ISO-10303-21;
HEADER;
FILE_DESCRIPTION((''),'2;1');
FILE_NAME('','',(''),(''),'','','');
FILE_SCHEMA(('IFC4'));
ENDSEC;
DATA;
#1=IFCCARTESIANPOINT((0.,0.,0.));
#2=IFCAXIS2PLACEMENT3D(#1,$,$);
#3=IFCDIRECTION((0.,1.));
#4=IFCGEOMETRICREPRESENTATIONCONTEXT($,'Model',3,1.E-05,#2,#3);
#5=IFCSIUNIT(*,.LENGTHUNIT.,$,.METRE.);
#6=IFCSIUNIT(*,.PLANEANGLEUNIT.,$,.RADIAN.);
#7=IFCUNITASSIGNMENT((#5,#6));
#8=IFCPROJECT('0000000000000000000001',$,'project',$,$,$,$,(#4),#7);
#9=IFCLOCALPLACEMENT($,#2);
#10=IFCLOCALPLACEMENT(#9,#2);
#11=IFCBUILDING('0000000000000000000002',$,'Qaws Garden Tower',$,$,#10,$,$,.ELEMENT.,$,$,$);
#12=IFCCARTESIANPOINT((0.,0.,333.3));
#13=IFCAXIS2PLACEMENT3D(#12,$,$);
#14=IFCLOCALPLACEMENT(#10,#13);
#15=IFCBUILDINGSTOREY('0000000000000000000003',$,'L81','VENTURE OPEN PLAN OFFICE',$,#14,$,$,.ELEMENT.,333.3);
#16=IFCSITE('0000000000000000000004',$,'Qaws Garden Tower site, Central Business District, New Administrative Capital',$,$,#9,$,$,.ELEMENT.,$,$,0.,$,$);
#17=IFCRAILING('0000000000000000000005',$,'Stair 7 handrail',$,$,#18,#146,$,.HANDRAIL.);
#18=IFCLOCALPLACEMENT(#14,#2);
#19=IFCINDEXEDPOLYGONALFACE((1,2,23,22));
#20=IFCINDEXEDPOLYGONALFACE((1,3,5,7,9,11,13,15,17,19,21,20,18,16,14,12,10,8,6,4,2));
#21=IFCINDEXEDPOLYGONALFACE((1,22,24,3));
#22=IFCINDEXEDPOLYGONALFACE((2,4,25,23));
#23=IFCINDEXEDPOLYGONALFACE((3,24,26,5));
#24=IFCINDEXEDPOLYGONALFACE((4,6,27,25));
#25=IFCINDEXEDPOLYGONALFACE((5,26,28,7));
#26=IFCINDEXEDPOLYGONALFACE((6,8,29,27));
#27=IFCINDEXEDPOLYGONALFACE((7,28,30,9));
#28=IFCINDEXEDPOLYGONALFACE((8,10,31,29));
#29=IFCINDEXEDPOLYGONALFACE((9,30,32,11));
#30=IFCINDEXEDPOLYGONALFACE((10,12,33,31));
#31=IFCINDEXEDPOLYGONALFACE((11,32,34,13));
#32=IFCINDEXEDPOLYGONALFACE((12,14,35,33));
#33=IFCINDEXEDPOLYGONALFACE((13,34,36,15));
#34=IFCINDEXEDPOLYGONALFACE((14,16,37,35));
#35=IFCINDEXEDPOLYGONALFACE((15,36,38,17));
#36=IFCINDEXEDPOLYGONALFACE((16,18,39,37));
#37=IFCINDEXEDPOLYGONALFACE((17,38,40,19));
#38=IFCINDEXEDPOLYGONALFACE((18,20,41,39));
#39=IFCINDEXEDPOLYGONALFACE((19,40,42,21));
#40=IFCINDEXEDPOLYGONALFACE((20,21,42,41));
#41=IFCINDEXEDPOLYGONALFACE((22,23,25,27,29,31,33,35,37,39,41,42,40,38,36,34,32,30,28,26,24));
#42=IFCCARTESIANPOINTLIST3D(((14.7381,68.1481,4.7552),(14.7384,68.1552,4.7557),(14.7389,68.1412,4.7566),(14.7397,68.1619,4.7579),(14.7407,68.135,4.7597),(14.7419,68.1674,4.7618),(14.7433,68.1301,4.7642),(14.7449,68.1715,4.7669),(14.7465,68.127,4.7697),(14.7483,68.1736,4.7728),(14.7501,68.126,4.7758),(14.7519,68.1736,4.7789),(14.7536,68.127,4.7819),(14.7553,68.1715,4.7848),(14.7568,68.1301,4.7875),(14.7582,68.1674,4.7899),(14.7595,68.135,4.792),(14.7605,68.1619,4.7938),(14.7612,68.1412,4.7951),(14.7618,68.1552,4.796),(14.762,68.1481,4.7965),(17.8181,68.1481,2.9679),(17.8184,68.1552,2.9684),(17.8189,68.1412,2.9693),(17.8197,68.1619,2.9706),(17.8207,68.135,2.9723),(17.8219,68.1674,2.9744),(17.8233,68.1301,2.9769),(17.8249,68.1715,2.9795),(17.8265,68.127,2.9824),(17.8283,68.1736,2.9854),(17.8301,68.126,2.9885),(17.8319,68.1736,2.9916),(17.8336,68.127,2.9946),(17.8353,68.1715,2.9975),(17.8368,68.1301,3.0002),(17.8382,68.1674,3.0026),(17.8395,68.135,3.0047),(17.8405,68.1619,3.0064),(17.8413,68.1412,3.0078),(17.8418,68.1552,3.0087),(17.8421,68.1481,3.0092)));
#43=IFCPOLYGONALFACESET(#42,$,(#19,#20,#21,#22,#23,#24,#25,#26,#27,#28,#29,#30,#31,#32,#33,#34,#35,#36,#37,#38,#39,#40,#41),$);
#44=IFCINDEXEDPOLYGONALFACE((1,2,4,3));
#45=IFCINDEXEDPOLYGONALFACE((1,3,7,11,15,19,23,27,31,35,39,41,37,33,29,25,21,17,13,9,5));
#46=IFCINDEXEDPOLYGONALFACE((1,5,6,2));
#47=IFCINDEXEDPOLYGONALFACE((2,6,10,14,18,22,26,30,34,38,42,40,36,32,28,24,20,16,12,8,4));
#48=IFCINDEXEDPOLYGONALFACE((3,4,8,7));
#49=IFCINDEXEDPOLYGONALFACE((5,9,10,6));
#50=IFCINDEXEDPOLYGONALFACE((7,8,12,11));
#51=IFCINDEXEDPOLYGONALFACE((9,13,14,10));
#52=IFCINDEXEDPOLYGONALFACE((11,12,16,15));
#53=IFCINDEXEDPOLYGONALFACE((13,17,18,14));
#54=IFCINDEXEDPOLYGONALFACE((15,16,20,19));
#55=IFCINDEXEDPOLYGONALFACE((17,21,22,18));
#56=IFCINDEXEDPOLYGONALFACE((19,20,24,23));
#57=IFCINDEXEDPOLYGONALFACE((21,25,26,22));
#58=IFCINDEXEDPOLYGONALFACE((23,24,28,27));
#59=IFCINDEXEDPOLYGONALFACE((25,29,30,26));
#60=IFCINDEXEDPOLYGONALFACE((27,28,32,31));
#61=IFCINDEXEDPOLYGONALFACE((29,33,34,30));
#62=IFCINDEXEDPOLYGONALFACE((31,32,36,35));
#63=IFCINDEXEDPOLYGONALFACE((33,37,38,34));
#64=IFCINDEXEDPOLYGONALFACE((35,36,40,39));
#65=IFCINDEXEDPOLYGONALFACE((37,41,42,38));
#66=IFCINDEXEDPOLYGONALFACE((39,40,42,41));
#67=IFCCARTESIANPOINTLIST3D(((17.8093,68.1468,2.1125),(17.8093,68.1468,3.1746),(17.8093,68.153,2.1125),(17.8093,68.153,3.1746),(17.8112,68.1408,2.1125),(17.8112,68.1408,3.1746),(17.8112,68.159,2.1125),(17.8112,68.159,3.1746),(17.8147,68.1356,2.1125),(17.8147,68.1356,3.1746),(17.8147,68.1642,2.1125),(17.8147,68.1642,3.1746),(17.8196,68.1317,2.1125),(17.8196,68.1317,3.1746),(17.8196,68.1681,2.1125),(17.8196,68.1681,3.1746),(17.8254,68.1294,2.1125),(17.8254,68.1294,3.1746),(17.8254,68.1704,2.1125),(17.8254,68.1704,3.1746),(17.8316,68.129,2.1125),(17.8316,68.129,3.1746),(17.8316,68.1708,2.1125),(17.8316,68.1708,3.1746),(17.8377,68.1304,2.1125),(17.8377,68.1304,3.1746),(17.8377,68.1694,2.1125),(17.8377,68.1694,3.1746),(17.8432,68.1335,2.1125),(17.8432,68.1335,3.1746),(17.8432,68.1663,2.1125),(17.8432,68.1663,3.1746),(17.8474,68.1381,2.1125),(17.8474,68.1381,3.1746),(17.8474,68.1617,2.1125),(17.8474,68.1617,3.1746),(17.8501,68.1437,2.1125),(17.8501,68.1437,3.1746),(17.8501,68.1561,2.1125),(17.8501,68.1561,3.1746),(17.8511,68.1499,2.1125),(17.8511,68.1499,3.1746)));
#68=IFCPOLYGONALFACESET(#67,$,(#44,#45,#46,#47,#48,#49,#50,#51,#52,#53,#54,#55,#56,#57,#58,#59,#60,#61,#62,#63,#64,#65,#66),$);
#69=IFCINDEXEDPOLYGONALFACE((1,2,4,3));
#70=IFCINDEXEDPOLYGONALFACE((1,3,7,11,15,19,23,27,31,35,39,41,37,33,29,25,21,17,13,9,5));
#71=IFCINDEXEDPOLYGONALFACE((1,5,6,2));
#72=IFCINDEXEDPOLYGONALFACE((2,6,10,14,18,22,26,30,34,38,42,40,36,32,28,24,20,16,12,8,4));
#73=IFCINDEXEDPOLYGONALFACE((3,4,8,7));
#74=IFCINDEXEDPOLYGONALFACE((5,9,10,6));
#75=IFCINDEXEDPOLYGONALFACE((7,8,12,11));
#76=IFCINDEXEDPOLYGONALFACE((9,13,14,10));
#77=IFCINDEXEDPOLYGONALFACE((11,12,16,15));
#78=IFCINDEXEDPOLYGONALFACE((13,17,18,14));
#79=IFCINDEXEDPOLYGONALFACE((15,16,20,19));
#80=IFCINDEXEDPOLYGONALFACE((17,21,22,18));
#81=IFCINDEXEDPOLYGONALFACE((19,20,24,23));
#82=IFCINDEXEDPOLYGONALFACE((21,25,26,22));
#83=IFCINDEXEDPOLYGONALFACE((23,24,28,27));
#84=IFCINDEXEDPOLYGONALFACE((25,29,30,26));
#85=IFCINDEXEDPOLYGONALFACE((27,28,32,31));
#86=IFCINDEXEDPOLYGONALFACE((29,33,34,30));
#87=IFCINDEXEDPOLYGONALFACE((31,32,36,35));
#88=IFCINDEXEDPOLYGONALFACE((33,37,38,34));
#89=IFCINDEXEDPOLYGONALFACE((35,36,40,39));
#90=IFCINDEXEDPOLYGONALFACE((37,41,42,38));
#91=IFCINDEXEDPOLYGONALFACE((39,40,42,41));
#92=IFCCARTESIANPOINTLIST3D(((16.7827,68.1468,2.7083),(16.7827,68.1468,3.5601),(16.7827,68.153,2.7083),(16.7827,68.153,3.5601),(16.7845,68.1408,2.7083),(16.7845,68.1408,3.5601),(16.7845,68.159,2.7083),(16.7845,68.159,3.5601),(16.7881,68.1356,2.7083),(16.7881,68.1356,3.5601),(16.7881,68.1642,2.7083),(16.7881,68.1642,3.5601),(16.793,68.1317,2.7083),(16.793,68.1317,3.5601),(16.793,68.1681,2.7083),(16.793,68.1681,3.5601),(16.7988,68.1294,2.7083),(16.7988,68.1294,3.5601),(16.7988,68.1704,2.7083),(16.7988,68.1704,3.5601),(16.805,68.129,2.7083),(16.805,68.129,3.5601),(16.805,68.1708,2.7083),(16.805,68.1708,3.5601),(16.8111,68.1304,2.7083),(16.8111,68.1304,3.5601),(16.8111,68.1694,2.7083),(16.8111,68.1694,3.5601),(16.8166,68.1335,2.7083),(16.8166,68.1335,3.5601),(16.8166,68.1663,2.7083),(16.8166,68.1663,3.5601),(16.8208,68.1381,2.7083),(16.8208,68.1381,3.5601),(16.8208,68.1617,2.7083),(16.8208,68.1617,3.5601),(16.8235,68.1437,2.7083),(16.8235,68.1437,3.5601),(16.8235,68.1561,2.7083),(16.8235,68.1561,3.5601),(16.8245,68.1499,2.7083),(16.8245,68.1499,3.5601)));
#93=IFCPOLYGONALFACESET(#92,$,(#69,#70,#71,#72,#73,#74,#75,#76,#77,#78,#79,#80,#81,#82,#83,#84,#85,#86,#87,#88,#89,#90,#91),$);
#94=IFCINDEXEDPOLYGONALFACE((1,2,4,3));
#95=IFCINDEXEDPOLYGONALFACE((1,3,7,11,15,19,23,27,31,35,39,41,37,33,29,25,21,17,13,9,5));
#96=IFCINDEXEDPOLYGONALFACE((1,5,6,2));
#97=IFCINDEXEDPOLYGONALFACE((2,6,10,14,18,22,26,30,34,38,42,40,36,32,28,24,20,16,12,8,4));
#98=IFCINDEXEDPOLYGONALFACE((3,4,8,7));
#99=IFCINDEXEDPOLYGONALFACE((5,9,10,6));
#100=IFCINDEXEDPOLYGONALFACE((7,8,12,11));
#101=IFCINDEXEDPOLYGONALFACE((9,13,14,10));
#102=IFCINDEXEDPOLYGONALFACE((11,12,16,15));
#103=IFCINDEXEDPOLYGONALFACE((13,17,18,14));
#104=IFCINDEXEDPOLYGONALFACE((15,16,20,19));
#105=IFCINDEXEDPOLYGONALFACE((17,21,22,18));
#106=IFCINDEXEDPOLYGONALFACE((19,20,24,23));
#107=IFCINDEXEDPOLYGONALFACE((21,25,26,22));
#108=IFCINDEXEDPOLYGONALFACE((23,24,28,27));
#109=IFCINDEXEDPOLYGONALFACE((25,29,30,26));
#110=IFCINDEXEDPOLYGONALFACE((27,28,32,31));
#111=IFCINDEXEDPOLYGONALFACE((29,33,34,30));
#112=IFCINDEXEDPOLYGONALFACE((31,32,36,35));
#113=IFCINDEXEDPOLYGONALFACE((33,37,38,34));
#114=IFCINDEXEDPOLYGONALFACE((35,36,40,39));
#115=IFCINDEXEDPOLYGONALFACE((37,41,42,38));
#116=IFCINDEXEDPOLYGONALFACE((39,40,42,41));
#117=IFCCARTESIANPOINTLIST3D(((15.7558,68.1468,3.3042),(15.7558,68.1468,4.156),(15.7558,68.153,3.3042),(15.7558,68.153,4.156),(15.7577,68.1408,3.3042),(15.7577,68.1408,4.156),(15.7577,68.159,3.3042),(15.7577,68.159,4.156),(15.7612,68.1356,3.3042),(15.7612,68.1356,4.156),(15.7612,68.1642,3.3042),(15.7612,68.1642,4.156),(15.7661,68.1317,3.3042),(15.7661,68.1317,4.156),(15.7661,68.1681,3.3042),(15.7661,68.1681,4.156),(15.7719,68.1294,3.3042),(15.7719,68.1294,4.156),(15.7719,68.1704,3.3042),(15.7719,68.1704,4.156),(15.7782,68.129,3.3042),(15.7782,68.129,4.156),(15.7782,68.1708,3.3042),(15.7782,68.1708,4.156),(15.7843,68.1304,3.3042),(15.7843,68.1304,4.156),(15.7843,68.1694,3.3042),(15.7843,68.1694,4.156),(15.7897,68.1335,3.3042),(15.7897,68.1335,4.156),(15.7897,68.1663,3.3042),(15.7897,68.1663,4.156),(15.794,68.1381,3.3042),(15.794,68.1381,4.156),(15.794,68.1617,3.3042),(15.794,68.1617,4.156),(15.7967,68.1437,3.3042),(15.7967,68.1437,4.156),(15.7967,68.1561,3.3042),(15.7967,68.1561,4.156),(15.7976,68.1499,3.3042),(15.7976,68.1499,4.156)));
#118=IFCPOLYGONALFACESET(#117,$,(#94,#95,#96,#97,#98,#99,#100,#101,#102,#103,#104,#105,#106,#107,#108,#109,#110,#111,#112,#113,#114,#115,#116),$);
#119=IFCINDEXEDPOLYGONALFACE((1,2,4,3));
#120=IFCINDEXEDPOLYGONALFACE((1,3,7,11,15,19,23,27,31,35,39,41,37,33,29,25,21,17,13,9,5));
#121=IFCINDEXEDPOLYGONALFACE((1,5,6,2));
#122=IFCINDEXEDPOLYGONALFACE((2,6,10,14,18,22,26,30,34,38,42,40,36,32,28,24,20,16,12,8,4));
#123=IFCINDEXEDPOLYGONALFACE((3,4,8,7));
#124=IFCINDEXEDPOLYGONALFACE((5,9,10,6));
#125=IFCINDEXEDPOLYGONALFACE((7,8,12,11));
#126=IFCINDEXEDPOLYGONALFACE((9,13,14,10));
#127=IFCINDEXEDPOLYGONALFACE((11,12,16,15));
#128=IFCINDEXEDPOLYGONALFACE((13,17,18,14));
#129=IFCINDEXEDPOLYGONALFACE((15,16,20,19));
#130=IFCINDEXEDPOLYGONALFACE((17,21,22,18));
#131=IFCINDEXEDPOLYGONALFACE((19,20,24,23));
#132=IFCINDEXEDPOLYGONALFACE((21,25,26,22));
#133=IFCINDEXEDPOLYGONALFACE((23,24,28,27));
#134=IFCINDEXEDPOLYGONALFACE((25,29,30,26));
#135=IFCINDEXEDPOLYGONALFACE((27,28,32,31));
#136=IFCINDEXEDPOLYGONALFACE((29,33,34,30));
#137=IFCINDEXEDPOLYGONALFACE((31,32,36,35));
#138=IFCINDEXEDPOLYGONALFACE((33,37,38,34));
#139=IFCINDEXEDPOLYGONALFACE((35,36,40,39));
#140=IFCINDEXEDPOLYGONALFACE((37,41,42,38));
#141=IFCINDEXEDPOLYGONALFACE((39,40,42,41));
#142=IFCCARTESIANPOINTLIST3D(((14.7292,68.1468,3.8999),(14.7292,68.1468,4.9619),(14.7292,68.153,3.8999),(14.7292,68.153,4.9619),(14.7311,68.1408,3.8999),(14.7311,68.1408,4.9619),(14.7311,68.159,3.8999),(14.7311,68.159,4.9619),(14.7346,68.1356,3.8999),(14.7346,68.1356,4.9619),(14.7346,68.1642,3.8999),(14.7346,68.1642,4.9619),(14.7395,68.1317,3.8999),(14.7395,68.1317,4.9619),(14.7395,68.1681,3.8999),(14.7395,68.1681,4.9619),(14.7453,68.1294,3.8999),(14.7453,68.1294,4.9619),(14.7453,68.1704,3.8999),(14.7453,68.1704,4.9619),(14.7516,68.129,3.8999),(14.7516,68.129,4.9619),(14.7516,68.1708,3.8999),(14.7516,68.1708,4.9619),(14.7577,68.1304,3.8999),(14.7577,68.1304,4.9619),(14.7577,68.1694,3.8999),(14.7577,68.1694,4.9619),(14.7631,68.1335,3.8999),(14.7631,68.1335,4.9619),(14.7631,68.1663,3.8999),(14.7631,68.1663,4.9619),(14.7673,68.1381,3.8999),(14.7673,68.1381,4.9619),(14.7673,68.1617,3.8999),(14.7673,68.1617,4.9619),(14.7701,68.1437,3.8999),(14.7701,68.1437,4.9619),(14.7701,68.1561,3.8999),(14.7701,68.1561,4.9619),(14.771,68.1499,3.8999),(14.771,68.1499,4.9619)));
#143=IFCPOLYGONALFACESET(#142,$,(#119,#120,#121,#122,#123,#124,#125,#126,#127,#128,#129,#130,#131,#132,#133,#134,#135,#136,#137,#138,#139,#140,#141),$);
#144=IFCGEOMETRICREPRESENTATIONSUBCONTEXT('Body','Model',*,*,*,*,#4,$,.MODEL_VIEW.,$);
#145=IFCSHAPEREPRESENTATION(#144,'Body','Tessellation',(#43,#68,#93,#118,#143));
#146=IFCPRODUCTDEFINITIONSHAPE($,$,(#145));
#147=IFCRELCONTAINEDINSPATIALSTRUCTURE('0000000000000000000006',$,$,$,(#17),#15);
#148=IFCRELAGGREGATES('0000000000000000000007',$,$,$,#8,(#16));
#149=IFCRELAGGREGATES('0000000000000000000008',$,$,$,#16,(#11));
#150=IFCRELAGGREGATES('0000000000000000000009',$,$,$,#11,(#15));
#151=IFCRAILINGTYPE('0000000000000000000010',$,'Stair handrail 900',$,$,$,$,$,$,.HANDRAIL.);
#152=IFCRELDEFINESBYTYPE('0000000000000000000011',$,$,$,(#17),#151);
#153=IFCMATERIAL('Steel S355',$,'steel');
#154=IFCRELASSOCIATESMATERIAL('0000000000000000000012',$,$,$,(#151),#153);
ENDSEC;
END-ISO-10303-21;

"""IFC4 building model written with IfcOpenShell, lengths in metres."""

from ifc_helpers import new_model, si_unit, direction, frame, origin, origin_2d, place, context, subcontext, project, spatial, circle, extrude, material, type_object, element, save


model = new_model("IFC4")

# Units and contexts
model_context = context("Model", 3, precision=1e-05, world=origin(), true_north=direction((0.0, 1.0)))
body_context = subcontext(model_context, "Body", "Model", "MODEL_VIEW")
ifc_project = project(units=[si_unit("LENGTHUNIT", "METRE"), si_unit("PLANEANGLEUNIT", "RADIAN")], contexts=[model_context])

# Site, building, storey
site_placement = place(None, origin())
site = spatial("IfcSite", under=ifc_project, at=site_placement, Name="Qaws Garden Tower site, Central Business District, New Administrative Capital", CompositionType="ELEMENT", RefElevation=0.0)
building_placement = place(site_placement, origin())
building = spatial("IfcBuilding", under=site, at=building_placement, Name="Qaws Garden Tower", CompositionType="ELEMENT")
storey_placement = place(building_placement, frame((0.0, 0.0, 333.3)))
storey = spatial("IfcBuildingStorey", under=building, at=storey_placement, Name="L81", Description="VENTURE OPEN PLAN OFFICE", CompositionType="ELEMENT", Elevation=333.3)

# Railing
ifc_material_1 = material(Name="Steel S355", Category="steel")
railing_type = type_object("IfcRailingType", Name="Stair handrail 900", PredefinedType="HANDRAIL", material=ifc_material_1)
railing_1_placement = place(storey_placement, frame((17.8301, 68.1499, 2.1125)))
element("IfcRailing", 1, at=railing_1_placement, inside=storey, type_object=railing_type, Name="Stair 7 handrail", PredefinedType="HANDRAIL", context=body_context, shape_type="SweptSolid", body=[
    extrude(circle(Radius=0.0239, at=origin_2d()), frame((0.0, 0.0, 0.876), z_axis=(-0.86492, 0.0, 0.501909), x_axis=(0.0, -1.0, 0.0)), (0.0, 0.0, 1.0), 3.561),
    extrude(circle(Radius=0.021, at=origin_2d()), origin(), (0.0, 0.0, 1.0), 1.062),
    extrude(circle(Radius=0.021, at=origin_2d()), frame((-1.0266, 0.0, 0.5957)), (0.0, 0.0, 1.0), 0.8518),
    extrude(circle(Radius=0.021, at=origin_2d()), frame((-2.0535, 0.0, 1.1917)), (0.0, 0.0, 1.0), 0.8518),
    extrude(circle(Radius=0.021, at=origin_2d()), frame((-3.0801, 0.0, 1.7874)), (0.0, 0.0, 1.0), 1.062),
])

save(model, "model.ifc")
